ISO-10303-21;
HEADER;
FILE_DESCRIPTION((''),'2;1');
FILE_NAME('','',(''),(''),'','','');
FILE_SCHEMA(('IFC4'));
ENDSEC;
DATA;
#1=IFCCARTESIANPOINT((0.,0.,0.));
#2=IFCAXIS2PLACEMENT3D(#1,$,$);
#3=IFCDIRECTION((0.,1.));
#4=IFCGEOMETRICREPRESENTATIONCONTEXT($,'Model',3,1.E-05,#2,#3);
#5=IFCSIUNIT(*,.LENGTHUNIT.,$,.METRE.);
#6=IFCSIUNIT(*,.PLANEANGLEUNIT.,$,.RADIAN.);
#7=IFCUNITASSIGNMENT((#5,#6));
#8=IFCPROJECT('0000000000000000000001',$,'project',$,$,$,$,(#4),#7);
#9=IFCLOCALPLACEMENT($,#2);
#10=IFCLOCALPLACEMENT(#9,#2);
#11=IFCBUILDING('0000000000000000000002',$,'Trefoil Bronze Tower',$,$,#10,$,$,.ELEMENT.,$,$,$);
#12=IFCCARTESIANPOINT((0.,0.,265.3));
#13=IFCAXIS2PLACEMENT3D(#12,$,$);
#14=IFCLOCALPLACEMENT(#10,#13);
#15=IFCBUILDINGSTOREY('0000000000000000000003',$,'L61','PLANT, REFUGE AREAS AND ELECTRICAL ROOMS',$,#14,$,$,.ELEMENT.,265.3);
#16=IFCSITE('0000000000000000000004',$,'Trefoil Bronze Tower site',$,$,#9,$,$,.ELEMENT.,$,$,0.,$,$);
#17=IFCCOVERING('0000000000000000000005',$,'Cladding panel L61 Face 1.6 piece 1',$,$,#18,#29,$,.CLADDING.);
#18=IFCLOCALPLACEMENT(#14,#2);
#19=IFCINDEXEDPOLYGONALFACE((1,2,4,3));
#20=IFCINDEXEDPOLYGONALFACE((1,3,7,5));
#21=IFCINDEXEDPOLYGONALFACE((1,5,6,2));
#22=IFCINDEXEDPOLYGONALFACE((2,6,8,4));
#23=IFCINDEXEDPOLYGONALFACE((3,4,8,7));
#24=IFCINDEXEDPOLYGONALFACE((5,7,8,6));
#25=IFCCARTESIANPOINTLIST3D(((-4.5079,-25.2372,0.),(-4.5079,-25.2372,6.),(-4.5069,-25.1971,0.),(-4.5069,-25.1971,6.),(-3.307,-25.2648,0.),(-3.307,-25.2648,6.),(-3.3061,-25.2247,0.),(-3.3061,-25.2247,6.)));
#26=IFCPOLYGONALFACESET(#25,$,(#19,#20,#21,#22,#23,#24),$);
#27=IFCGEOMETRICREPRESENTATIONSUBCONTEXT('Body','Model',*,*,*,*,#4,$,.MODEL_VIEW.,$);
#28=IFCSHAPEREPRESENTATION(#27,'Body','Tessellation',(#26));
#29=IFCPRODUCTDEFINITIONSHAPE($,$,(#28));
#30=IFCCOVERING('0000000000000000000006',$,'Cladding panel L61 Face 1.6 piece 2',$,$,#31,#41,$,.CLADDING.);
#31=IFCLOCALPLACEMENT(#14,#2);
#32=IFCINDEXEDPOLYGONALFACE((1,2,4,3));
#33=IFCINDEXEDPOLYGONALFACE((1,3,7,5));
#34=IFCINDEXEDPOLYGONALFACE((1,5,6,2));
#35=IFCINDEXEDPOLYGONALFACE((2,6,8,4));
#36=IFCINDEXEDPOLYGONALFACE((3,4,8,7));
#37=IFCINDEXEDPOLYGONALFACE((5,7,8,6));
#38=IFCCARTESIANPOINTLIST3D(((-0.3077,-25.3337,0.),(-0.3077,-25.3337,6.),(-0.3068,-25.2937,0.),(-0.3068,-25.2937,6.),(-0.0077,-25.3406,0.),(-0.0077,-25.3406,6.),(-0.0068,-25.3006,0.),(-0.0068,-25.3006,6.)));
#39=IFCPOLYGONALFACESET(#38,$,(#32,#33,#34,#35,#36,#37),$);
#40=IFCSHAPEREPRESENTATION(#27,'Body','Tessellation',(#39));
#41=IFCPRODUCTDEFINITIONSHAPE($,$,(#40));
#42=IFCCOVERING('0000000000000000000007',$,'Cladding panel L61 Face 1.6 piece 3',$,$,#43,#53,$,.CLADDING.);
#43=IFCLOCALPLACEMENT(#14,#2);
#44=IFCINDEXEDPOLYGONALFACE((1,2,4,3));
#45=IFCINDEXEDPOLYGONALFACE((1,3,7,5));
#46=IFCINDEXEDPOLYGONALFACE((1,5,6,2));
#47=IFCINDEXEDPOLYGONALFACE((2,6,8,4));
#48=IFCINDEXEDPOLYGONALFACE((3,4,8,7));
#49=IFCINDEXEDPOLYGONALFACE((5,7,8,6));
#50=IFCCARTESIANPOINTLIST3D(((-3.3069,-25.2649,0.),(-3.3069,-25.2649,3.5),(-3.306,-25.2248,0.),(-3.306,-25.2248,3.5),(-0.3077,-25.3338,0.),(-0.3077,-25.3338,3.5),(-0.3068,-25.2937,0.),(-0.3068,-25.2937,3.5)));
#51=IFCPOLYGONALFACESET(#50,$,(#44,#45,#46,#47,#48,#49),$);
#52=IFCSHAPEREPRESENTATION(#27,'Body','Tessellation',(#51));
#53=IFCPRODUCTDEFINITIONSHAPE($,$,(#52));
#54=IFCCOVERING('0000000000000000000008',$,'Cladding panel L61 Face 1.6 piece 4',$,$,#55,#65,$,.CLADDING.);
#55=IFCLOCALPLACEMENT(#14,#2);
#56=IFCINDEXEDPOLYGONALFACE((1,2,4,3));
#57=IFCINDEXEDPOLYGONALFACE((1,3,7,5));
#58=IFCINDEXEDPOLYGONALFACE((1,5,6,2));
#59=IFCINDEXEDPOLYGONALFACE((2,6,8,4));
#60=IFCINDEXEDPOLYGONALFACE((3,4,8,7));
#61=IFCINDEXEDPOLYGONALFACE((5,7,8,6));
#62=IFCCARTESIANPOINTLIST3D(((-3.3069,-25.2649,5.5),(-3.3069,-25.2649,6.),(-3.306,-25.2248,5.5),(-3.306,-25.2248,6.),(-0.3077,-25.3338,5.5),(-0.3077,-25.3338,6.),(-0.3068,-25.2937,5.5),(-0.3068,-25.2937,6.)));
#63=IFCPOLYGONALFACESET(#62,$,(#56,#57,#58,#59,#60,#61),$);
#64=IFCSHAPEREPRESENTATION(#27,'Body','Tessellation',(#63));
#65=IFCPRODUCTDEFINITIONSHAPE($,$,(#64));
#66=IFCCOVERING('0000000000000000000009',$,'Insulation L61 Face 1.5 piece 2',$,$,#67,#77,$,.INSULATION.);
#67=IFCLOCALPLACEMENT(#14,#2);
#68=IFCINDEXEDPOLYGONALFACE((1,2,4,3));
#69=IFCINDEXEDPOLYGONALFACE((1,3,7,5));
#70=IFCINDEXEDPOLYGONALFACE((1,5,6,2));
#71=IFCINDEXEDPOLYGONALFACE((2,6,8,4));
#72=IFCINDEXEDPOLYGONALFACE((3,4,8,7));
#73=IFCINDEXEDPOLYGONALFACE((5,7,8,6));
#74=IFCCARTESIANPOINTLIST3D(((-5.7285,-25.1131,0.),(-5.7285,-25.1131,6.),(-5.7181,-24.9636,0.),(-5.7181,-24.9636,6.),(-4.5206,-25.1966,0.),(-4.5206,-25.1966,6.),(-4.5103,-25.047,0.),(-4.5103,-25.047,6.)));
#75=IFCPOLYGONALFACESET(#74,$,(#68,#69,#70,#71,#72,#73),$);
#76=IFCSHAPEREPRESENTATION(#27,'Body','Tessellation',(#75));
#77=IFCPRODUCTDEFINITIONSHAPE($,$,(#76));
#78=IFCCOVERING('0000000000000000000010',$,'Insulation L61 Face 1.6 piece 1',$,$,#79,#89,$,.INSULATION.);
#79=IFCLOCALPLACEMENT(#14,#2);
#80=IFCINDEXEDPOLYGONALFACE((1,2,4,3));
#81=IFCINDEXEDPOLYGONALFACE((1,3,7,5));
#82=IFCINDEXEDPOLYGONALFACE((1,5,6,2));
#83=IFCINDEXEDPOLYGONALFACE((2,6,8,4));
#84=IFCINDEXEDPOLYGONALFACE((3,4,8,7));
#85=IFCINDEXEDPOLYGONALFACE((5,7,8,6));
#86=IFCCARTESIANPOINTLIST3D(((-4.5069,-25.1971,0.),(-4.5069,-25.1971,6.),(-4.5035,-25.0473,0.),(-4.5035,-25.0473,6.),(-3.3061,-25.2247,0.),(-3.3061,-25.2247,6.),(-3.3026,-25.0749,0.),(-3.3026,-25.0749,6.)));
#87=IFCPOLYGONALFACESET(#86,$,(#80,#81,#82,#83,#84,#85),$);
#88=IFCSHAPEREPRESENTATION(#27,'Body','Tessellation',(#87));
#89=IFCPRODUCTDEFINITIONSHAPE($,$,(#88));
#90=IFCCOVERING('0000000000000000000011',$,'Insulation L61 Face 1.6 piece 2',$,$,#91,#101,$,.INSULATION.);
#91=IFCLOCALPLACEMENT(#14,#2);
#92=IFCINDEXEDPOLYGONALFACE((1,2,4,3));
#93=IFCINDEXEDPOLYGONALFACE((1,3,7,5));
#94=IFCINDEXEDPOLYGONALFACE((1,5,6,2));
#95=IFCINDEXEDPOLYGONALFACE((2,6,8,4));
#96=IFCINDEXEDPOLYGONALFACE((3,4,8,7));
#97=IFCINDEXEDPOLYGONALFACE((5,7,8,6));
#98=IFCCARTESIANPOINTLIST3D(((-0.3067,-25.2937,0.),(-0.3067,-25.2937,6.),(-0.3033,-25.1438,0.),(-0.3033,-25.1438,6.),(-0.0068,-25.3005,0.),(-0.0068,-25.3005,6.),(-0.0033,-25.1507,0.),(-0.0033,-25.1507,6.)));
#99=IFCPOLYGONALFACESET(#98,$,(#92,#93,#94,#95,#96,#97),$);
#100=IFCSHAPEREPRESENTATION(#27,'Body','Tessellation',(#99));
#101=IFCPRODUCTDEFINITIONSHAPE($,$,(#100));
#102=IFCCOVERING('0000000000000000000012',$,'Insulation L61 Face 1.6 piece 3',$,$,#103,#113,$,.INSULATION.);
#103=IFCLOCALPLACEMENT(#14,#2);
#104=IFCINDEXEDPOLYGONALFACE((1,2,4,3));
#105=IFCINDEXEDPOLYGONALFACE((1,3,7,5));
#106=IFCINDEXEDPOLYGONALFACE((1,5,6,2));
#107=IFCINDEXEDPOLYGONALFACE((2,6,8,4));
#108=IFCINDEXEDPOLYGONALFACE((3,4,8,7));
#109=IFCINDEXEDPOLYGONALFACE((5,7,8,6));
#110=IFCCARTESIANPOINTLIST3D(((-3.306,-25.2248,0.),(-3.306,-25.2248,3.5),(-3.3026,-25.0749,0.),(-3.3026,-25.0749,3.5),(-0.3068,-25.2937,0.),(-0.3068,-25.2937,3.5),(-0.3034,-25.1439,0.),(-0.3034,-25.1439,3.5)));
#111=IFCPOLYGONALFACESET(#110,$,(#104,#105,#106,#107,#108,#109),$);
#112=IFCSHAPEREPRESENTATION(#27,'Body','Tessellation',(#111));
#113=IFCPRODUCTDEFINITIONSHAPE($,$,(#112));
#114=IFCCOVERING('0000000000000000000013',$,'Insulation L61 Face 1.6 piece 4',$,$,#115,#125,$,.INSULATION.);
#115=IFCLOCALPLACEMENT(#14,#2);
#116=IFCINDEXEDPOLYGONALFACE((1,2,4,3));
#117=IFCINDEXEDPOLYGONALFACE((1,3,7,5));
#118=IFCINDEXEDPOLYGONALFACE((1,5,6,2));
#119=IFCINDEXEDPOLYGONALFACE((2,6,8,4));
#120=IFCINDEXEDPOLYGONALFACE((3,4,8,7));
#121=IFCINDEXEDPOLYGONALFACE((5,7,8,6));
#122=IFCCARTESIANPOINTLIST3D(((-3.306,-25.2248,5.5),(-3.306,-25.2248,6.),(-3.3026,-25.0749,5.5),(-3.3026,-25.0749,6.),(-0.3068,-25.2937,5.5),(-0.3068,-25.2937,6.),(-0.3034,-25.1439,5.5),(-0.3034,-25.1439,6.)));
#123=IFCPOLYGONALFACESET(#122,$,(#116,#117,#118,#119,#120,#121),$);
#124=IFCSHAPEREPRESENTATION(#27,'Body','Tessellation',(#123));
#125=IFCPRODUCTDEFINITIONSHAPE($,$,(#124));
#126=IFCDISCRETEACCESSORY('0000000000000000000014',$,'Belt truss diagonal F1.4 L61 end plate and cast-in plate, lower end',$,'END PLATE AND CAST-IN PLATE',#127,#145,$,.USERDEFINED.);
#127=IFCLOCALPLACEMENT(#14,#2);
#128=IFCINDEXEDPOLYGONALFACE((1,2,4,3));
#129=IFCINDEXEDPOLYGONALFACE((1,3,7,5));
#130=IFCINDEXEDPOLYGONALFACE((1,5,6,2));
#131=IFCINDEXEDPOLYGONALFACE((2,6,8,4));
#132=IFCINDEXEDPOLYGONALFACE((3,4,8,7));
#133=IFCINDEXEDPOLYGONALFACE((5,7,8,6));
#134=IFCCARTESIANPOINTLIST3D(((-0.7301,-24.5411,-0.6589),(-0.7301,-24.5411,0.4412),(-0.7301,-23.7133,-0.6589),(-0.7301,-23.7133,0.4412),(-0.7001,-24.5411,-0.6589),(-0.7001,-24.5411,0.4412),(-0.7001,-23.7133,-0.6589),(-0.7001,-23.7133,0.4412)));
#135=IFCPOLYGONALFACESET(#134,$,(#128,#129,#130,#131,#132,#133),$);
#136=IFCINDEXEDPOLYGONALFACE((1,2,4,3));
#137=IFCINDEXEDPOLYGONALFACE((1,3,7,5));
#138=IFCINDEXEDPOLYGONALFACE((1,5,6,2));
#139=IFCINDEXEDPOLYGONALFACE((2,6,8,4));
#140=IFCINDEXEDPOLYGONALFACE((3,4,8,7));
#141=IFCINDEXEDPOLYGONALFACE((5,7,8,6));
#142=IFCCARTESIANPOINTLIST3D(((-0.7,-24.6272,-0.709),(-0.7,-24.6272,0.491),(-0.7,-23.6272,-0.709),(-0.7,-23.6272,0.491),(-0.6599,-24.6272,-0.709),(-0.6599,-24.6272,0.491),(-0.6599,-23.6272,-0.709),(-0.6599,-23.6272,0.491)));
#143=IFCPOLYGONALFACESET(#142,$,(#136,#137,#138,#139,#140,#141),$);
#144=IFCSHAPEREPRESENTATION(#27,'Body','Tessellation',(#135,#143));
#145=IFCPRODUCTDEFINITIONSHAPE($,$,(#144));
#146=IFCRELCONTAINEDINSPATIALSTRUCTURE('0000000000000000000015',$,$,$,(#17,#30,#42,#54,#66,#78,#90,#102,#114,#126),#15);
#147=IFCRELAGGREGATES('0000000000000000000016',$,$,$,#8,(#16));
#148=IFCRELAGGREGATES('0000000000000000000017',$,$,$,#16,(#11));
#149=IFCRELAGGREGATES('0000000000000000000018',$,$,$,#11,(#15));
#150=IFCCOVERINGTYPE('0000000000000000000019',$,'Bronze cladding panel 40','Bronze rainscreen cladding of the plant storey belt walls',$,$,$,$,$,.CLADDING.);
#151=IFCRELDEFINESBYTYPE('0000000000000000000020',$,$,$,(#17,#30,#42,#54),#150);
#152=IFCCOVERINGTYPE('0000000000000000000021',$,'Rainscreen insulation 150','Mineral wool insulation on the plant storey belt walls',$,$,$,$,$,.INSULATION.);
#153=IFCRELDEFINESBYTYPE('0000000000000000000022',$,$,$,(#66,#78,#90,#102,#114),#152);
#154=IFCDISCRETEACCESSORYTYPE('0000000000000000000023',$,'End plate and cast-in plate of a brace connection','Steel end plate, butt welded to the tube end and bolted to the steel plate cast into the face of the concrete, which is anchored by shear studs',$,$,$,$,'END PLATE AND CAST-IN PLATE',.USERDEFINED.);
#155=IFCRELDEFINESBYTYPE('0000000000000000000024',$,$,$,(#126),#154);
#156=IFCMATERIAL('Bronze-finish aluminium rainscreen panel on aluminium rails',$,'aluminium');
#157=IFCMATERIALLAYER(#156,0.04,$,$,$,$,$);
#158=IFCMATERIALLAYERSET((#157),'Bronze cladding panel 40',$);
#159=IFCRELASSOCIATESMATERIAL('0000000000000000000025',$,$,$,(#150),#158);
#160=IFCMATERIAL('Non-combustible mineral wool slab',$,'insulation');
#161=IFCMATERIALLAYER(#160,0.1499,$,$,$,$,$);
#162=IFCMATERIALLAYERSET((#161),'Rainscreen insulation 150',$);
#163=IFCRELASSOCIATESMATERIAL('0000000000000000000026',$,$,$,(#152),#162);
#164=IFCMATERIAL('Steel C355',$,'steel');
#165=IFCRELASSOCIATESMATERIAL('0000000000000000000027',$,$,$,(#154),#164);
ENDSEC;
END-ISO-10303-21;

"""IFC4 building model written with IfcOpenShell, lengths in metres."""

from ifc_helpers import new_model, si_unit, direction, frame, origin, origin_2d, place, context, subcontext, project, spatial, rectangle, extrude, material, layer, layer_set, type_object, element, save


model = new_model("IFC4")

# Units and contexts
model_context = context("Model", 3, precision=1e-05, world=origin(), true_north=direction((0.0, 1.0)))
body_context = subcontext(model_context, "Body", "Model", "MODEL_VIEW")
ifc_project = project(units=[si_unit("LENGTHUNIT", "METRE"), si_unit("PLANEANGLEUNIT", "RADIAN")], contexts=[model_context])

# Site, building, storey
site_placement = place(None, origin())
site = spatial("IfcSite", under=ifc_project, at=site_placement, Name="Trefoil Bronze Tower site", CompositionType="ELEMENT", RefElevation=0.0)
building_placement = place(site_placement, origin())
building = spatial("IfcBuilding", under=site, at=building_placement, Name="Trefoil Bronze Tower", CompositionType="ELEMENT")
storey_placement = place(building_placement, frame((0.0, 0.0, 265.3)))
storey = spatial("IfcBuildingStorey", under=building, at=storey_placement, Name="L61", Description="PLANT, REFUGE AREAS AND ELECTRICAL ROOMS", CompositionType="ELEMENT", Elevation=265.3)

# Coverings
ifc_material_1 = material(Name="Bronze-finish aluminium rainscreen panel on aluminium rails", Category="aluminium")
ifc_layer_1 = layer(ifc_material_1, 0.04)
ifc_layer_set_1 = layer_set([ifc_layer_1], Name="Bronze cladding panel 40")
covering_type_1 = type_object("IfcCoveringType", Name="Bronze cladding panel 40", Description="Bronze rainscreen cladding of the plant storey belt walls", PredefinedType="CLADDING", material=ifc_layer_set_1)
covering_1_placement = place(storey_placement, frame((-3.907, -25.231, 0.0), z_axis=(0.0, 0.0, 1.0), x_axis=(0.999736, -0.022972, 0.0)))
element("IfcCovering", 1, at=covering_1_placement, inside=storey, type_object=covering_type_1, Name="Cladding panel L61 Face 1.6 piece 1", PredefinedType="CLADDING", context=body_context, shape_type="SweptSolid", body=[
    extrude(rectangle(XDim=1.2012, YDim=0.04, at=origin_2d()), origin(), (0.0, 0.0, 1.0), 6.0),
])
covering_2_placement = place(storey_placement, frame((-0.1572, -25.3171, 0.0), z_axis=(0.0, 0.0, 1.0), x_axis=(0.999736, -0.022972, 0.0)))
element("IfcCovering", 2, at=covering_2_placement, inside=storey, type_object=covering_type_1, Name="Cladding panel L61 Face 1.6 piece 2", PredefinedType="CLADDING", context=body_context, shape_type="SweptSolid", body=[
    extrude(rectangle(XDim=0.3, YDim=0.04, at=origin_2d()), origin(), (0.0, 0.0, 1.0), 6.0),
])
covering_3_placement = place(storey_placement, frame((-1.8069, -25.2793, 0.0), z_axis=(0.0, 0.0, 1.0), x_axis=(0.999736, -0.022972, 0.0)))
element("IfcCovering", 3, at=covering_3_placement, inside=storey, type_object=covering_type_1, Name="Cladding panel L61 Face 1.6 piece 3", PredefinedType="CLADDING", context=body_context, shape_type="SweptSolid", body=[
    extrude(rectangle(XDim=3.0, YDim=0.04, at=origin_2d()), origin(), (0.0, 0.0, 1.0), 3.5),
])
covering_4_placement = place(storey_placement, frame((-1.8069, -25.2793, 5.5), z_axis=(0.0, 0.0, 1.0), x_axis=(0.999736, -0.022972, 0.0)))
element("IfcCovering", 4, at=covering_4_placement, inside=storey, type_object=covering_type_1, Name="Cladding panel L61 Face 1.6 piece 4", PredefinedType="CLADDING", context=body_context, shape_type="SweptSolid", body=[
    extrude(rectangle(XDim=3.0, YDim=0.04, at=origin_2d()), origin(), (0.0, 0.0, 1.0), 0.5),
])
ifc_material_2 = material(Name="Non-combustible mineral wool slab", Category="insulation")
ifc_layer_2 = layer(ifc_material_2, 0.1499)
ifc_layer_set_2 = layer_set([ifc_layer_2], Name="Rainscreen insulation 150")
covering_type_2 = type_object("IfcCoveringType", Name="Rainscreen insulation 150", Description="Mineral wool insulation on the plant storey belt walls", PredefinedType="INSULATION", material=ifc_layer_set_2)
covering_5_placement = place(storey_placement, frame((-5.1194, -25.0801, 0.0), z_axis=(0.0, 0.0, 1.0), x_axis=(0.997623, -0.068915, 0.0)))
element("IfcCovering", 5, at=covering_5_placement, inside=storey, type_object=covering_type_2, Name="Insulation L61 Face 1.5 piece 2", PredefinedType="INSULATION", context=body_context, shape_type="SweptSolid", body=[
    extrude(rectangle(XDim=1.2107, YDim=0.1499, at=origin_2d()), origin(), (0.0, 0.0, 1.0), 6.0),
])
covering_6_placement = place(storey_placement, frame((-3.9048, -25.136, 0.0), z_axis=(0.0, 0.0, 1.0), x_axis=(0.999736, -0.022972, 0.0)))
element("IfcCovering", 6, at=covering_6_placement, inside=storey, type_object=covering_type_2, Name="Insulation L61 Face 1.6 piece 1", PredefinedType="INSULATION", context=body_context, shape_type="SweptSolid", body=[
    extrude(rectangle(XDim=1.2012, YDim=0.1499, at=origin_2d()), origin(), (0.0, 0.0, 1.0), 6.0),
])
covering_7_placement = place(storey_placement, frame((-0.155, -25.2222, 0.0), z_axis=(0.0, 0.0, 1.0), x_axis=(0.999736, -0.022972, 0.0)))
element("IfcCovering", 7, at=covering_7_placement, inside=storey, type_object=covering_type_2, Name="Insulation L61 Face 1.6 piece 2", PredefinedType="INSULATION", context=body_context, shape_type="SweptSolid", body=[
    extrude(rectangle(XDim=0.3, YDim=0.1499, at=origin_2d()), origin(), (0.0, 0.0, 1.0), 6.0),
])
covering_8_placement = place(storey_placement, frame((-1.8047, -25.1843, 0.0), z_axis=(0.0, 0.0, 1.0), x_axis=(0.999736, -0.022972, 0.0)))
element("IfcCovering", 8, at=covering_8_placement, inside=storey, type_object=covering_type_2, Name="Insulation L61 Face 1.6 piece 3", PredefinedType="INSULATION", context=body_context, shape_type="SweptSolid", body=[
    extrude(rectangle(XDim=3.0, YDim=0.1499, at=origin_2d()), origin(), (0.0, 0.0, 1.0), 3.5),
])
covering_9_placement = place(storey_placement, frame((-1.8047, -25.1843, 5.5), z_axis=(0.0, 0.0, 1.0), x_axis=(0.999736, -0.022972, 0.0)))
element("IfcCovering", 9, at=covering_9_placement, inside=storey, type_object=covering_type_2, Name="Insulation L61 Face 1.6 piece 4", PredefinedType="INSULATION", context=body_context, shape_type="SweptSolid", body=[
    extrude(rectangle(XDim=3.0, YDim=0.1499, at=origin_2d()), origin(), (0.0, 0.0, 1.0), 0.5),
])

# Discrete accessory
ifc_material_3 = material(Name="Steel C355", Category="steel")
discrete_accessory_type = type_object("IfcDiscreteAccessoryType", Name="End plate and cast-in plate of a brace connection", Description="Steel end plate, butt welded to the tube end and bolted to the steel plate cast into the face of the concrete, which is anchored by shear studs", ElementType="END PLATE AND CAST-IN PLATE", PredefinedType="USERDEFINED", material=ifc_material_3)
discrete_accessory_placement = place(storey_placement, frame((-0.7, -24.1272, -0.1089), z_axis=(0.0, 0.0, 1.0), x_axis=(-1.0, 0.0, 0.0)))
element("IfcDiscreteAccessory", 10, at=discrete_accessory_placement, inside=storey, type_object=discrete_accessory_type, Name="Belt truss diagonal F1.4 L61 end plate and cast-in plate, lower end", ObjectType="END PLATE AND CAST-IN PLATE", PredefinedType="USERDEFINED", context=body_context, shape_type="SweptSolid", body=[
    extrude(rectangle(XDim=0.03, YDim=0.8279, at=origin_2d()), frame((0.0151, 0.0, -0.55)), (0.0, 0.0, 1.0), 1.1001),
    extrude(rectangle(XDim=0.04, YDim=1.0, at=origin_2d()), frame((-0.02, 0.0, -0.6001)), (0.0, 0.0, 1.0), 1.2),
])

save(model, "model.ifc")
